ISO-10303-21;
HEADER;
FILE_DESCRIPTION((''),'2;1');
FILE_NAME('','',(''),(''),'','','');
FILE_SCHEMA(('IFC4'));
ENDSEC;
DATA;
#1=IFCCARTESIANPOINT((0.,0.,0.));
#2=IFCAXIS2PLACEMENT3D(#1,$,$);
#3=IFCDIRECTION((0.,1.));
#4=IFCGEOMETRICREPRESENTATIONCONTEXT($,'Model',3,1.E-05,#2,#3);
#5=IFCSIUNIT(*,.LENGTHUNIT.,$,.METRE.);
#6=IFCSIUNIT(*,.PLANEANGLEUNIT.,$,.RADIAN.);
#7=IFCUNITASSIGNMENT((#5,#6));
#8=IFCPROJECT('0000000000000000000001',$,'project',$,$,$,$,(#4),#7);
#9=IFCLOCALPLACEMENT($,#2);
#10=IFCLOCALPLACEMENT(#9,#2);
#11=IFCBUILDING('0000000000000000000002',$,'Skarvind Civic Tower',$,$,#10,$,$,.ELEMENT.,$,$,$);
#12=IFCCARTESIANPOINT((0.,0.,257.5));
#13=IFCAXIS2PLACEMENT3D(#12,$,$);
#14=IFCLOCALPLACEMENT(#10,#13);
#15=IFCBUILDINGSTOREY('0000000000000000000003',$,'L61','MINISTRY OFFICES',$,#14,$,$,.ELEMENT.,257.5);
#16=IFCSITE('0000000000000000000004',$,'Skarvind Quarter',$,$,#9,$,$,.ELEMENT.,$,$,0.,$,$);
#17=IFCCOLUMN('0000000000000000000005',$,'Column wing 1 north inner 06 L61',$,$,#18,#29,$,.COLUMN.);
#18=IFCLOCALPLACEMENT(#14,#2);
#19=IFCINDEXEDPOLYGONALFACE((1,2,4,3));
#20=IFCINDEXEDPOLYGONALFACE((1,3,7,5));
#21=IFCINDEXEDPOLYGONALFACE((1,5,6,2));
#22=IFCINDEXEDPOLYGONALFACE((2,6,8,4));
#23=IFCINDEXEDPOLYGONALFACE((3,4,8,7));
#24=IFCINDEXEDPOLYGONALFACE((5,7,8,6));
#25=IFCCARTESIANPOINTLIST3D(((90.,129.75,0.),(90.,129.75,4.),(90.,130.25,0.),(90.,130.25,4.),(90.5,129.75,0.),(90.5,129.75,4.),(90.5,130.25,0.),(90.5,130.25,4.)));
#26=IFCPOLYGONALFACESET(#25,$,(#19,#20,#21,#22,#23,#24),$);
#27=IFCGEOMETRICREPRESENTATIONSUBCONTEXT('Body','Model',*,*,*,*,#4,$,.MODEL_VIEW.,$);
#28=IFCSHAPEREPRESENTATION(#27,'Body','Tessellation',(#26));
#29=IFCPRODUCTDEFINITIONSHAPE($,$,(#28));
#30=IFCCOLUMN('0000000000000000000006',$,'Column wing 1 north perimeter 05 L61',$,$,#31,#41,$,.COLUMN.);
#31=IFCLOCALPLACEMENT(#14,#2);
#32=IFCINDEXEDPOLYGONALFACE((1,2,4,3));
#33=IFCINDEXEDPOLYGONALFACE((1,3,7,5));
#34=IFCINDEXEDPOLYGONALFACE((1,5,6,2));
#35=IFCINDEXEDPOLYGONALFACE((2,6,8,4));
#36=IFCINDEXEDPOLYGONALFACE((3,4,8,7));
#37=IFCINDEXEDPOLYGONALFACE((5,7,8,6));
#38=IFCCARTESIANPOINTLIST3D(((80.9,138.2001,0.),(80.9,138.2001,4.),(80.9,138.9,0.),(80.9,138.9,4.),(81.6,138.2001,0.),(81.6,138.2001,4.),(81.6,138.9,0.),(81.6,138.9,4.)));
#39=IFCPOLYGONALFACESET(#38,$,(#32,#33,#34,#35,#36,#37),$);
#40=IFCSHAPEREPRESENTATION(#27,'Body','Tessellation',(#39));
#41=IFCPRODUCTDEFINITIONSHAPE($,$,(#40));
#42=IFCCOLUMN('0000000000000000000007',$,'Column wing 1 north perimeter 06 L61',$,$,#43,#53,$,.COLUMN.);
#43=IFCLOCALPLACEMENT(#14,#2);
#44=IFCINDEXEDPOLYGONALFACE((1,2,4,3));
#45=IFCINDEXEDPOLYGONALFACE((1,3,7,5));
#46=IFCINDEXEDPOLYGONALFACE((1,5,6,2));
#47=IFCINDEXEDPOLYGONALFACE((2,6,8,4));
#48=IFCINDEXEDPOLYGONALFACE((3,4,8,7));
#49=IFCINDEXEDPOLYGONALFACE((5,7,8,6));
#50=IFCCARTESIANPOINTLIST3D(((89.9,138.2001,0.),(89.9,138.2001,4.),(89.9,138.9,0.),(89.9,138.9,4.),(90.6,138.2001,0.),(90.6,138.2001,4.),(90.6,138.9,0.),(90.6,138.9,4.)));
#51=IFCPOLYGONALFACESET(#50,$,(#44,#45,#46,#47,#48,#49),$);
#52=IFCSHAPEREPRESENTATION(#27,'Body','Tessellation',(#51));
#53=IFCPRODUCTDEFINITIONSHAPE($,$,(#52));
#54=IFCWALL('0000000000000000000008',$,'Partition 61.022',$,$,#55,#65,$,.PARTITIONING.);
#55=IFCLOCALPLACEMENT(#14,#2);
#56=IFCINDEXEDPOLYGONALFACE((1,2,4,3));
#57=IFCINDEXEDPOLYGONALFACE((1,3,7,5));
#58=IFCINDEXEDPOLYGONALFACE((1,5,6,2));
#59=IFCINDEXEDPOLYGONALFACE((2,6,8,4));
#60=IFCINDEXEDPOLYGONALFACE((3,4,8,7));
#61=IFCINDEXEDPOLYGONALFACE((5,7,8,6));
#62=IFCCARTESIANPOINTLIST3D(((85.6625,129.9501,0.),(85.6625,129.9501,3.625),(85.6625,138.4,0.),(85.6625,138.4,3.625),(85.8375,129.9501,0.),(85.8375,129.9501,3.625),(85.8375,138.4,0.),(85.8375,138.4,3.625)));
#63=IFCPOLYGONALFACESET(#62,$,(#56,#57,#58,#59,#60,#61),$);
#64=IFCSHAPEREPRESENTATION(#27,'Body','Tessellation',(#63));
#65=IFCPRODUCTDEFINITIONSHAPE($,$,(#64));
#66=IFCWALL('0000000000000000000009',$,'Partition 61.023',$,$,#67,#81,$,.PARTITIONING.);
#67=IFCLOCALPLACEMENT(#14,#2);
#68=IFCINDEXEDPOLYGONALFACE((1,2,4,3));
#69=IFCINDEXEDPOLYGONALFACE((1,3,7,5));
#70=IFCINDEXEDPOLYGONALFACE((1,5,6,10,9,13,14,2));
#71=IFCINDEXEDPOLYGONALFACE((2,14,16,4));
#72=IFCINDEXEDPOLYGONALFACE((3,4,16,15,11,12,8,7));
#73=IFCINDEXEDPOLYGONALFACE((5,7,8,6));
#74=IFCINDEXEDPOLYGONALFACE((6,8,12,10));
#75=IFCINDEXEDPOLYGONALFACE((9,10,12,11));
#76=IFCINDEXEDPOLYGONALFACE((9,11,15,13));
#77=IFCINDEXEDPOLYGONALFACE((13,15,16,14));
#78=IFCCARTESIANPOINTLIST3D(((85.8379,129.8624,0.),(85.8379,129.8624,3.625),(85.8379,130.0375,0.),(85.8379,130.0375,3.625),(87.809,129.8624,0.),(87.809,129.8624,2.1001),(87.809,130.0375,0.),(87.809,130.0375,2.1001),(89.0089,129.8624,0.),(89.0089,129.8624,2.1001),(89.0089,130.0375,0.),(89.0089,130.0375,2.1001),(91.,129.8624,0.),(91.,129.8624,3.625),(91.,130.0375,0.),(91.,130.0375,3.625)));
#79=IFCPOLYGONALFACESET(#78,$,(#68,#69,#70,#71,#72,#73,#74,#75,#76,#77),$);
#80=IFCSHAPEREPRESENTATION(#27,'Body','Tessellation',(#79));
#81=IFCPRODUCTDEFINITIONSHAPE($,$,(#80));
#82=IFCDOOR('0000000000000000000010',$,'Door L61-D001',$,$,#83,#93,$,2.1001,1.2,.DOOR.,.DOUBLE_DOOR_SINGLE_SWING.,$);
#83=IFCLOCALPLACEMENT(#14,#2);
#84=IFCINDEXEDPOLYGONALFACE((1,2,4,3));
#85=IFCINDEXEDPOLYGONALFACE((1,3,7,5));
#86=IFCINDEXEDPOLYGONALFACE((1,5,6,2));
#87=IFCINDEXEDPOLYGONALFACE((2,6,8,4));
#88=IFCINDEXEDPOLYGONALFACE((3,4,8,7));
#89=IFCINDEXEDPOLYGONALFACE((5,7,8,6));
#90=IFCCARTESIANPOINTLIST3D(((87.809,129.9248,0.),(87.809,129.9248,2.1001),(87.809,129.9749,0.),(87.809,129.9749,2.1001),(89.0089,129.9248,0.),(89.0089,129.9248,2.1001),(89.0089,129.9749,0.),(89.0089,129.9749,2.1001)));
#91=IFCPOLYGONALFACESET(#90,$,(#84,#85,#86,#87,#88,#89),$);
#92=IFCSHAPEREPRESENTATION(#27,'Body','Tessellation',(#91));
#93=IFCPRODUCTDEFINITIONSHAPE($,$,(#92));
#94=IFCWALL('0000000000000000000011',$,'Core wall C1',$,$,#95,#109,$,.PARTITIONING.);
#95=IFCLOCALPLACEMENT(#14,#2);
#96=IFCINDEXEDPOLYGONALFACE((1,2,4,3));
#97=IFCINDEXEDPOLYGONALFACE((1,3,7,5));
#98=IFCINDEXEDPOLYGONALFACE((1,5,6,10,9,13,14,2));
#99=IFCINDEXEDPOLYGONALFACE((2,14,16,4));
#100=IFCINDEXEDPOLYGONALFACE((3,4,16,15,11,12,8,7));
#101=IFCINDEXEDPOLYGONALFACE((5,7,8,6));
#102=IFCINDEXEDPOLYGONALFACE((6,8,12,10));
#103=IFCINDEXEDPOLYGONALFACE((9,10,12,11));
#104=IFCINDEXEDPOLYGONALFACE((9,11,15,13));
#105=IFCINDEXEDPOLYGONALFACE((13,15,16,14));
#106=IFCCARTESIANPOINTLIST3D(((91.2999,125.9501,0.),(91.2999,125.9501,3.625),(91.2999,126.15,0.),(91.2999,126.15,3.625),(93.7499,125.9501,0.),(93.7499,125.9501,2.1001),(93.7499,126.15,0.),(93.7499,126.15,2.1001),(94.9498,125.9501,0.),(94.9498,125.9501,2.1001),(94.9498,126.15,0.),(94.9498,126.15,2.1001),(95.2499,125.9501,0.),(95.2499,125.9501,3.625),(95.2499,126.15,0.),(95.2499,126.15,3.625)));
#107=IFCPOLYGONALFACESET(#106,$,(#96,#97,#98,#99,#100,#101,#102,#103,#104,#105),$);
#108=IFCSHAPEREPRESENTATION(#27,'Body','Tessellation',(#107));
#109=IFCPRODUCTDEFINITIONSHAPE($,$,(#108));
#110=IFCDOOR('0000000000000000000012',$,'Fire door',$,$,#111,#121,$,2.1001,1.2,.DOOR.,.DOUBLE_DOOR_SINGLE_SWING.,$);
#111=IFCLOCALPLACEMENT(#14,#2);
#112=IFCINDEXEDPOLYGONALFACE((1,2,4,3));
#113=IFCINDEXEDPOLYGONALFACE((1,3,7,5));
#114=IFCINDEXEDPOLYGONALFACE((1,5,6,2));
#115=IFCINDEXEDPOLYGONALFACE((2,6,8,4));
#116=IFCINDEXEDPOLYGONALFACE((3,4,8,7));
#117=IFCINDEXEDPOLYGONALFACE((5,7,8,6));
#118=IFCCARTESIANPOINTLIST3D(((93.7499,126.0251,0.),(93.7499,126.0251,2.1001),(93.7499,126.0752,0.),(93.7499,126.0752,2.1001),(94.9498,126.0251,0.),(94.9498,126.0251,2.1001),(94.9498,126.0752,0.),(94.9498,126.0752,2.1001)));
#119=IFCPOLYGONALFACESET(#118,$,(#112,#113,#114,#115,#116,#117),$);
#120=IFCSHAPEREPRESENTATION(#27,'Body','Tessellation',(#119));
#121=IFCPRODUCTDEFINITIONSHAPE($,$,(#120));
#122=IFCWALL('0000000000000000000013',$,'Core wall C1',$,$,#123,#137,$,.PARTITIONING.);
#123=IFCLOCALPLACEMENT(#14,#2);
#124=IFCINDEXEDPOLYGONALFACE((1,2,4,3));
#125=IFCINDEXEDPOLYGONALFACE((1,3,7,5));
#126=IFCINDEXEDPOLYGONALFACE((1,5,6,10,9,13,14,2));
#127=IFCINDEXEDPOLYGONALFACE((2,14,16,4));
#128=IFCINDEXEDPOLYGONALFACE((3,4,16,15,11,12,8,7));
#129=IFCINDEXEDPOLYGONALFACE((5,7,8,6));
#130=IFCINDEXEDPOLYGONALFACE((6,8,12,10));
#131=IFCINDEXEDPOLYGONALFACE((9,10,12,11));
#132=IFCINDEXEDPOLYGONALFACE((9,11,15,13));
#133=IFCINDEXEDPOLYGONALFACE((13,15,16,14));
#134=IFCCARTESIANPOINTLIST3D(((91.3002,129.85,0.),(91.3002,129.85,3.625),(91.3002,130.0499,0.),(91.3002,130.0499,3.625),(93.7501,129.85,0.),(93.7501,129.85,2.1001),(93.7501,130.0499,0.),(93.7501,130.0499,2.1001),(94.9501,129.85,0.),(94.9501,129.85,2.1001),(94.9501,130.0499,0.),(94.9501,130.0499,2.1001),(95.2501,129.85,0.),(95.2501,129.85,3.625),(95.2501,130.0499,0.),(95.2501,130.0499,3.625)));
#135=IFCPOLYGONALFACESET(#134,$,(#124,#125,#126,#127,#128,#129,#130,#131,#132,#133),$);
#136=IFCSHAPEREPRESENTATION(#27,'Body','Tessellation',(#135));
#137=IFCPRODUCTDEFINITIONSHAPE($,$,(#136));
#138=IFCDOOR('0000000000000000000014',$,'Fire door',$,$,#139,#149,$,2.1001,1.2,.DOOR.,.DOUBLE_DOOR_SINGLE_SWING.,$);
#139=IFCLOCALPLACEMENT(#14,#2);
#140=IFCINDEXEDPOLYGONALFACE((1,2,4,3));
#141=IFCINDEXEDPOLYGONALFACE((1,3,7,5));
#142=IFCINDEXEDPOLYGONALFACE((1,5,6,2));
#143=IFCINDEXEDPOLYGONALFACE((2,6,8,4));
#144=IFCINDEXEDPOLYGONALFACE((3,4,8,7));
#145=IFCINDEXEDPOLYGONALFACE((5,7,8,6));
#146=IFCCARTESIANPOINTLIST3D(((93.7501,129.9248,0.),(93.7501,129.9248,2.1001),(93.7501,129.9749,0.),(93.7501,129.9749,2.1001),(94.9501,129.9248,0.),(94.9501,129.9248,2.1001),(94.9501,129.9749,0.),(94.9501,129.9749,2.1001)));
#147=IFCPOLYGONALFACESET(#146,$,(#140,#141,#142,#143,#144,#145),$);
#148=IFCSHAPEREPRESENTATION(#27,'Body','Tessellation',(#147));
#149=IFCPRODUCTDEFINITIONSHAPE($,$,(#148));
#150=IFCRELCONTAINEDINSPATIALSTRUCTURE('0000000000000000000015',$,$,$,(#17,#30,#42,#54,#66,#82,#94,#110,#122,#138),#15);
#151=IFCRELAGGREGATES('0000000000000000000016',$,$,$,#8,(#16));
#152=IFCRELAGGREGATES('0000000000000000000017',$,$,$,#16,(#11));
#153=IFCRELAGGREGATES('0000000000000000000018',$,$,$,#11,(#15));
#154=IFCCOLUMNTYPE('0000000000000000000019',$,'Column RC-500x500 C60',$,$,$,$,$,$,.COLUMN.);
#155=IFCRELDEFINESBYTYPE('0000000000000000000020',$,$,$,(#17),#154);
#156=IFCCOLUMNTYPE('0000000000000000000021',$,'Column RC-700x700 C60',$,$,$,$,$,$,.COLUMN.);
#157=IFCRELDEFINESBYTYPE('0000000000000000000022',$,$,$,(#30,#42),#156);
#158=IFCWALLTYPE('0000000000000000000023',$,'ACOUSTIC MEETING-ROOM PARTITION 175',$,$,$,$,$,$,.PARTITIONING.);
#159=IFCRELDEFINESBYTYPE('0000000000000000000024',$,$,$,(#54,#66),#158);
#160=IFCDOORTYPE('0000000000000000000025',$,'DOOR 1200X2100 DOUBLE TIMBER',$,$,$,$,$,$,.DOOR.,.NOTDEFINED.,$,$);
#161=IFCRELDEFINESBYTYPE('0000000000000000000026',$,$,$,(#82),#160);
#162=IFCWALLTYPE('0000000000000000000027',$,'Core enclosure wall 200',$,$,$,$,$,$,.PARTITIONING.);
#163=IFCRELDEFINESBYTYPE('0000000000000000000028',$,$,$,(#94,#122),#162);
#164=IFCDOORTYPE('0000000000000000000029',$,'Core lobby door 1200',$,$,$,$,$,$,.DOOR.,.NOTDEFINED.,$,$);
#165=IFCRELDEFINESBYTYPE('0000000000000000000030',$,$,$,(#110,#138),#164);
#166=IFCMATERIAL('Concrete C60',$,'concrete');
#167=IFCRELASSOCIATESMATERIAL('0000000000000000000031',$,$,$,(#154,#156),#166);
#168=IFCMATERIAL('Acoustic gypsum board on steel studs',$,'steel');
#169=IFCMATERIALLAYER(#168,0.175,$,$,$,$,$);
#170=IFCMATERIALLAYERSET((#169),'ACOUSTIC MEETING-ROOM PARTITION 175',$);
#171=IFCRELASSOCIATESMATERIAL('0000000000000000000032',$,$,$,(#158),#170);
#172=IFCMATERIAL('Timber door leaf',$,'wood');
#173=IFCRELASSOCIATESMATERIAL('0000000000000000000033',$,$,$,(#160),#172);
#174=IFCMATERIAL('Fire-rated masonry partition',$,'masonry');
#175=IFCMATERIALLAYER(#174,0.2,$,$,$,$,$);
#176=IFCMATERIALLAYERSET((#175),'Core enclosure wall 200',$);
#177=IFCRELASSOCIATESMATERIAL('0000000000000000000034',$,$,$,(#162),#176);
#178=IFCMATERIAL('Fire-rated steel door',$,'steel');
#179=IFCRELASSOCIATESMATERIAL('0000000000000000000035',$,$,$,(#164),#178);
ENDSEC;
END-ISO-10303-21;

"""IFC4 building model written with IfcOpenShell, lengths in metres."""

from ifc_helpers import new_model, si_unit, direction, frame, frame_2d, origin, origin_2d, place, context, subcontext, project, spatial, rectangle, extrude, material, layer, layer_set, material_profile, profile_set, type_object, element, fill, save


model = new_model("IFC4")

# Units and contexts
model_context = context("Model", 3, precision=1e-05, world=origin(), true_north=direction((0.0, 1.0)))
body_context = subcontext(model_context, "Body", "Model", "MODEL_VIEW")
ifc_project = project(units=[si_unit("LENGTHUNIT", "METRE"), si_unit("PLANEANGLEUNIT", "RADIAN")], contexts=[model_context])

# Site, building, storey
site_placement = place(None, origin())
site = spatial("IfcSite", under=ifc_project, at=site_placement, Name="Skarvind Quarter", CompositionType="ELEMENT", RefElevation=0.0)
building_placement = place(site_placement, origin())
building = spatial("IfcBuilding", under=site, at=building_placement, Name="Skarvind Civic Tower", CompositionType="ELEMENT")
storey_placement = place(building_placement, frame((0.0, 0.0, 257.5)))
storey = spatial("IfcBuildingStorey", under=building, at=storey_placement, Name="L61", Description="MINISTRY OFFICES", CompositionType="ELEMENT", Elevation=257.5)

# Columns
ifc_material_1 = material(Name="Concrete C60", Category="concrete")
ifc_material_profile_1 = material_profile(ifc_material_1, rectangle(XDim=0.5, YDim=0.5, at=origin_2d()), Name="RC-500x500")
ifc_profile_set_1 = profile_set([ifc_material_profile_1], Name="Concrete C60")
column_type_1 = type_object("IfcColumnType", Name="Column RC-500x500 C60", PredefinedType="COLUMN", material=ifc_profile_set_1)
column_placement = place(storey_placement, frame((90.25, 130.0, 0.0), z_axis=(0.0, 0.0, 1.0), x_axis=(1.0, 0.0, 0.0)))
element("IfcColumn", 1, at=column_placement, inside=storey, type_object=column_type_1, Name="Column wing 1 north inner 06 L61", PredefinedType="COLUMN", context=body_context, shape_type="SweptSolid", body=[
    extrude(rectangle(XDim=0.5, YDim=0.5, at=origin_2d()), origin(), (0.0, 0.0, 1.0), 4.0),
])
ifc_material_profile_2 = material_profile(ifc_material_1, rectangle(XDim=0.7, YDim=0.7, at=origin_2d()), Name="RC-700x700")
ifc_profile_set_2 = profile_set([ifc_material_profile_2], Name="Concrete C60")
column_type_2 = type_object("IfcColumnType", Name="Column RC-700x700 C60", PredefinedType="COLUMN", material=ifc_profile_set_2)
for number, where, z_axis, x_axis, name in (
    (2, (81.25, 138.55, 0.0), (0.0, 0.0, 1.0), (1.0, 0.0, 0.0), "Column wing 1 north perimeter 05 L61"),
    (3, (90.25, 138.55, 0.0), (0.0, 0.0, 1.0), (1.0, 0.0, 0.0), "Column wing 1 north perimeter 06 L61"),
):
    element("IfcColumn", number, at=place(storey_placement, frame(where, z_axis=z_axis, x_axis=x_axis)), inside=storey, type_object=column_type_2, Name=name, PredefinedType="COLUMN", context=body_context, shape_type="SweptSolid", body=[
        extrude(rectangle(XDim=0.7, YDim=0.7, at=origin_2d()), origin(), (0.0, 0.0, 1.0), 4.0),
    ])

# Wall
ifc_material_2 = material(Name="Acoustic gypsum board on steel studs", Category="steel")
ifc_layer_1 = layer(ifc_material_2, 0.175)
ifc_layer_set_1 = layer_set([ifc_layer_1], Name="ACOUSTIC MEETING-ROOM PARTITION 175")
wall_type_1 = type_object("IfcWallType", Name="ACOUSTIC MEETING-ROOM PARTITION 175", PredefinedType="PARTITIONING", material=ifc_layer_set_1)
wall_1_placement = place(storey_placement, frame((85.75, 129.95, 0.0), z_axis=(0.0, 0.0, 1.0), x_axis=(0.0, 1.0, 0.0)))
element("IfcWall", 4, at=wall_1_placement, inside=storey, type_object=wall_type_1, Name="Partition 61.022", PredefinedType="PARTITIONING", context=body_context, shape_type="SweptSolid", body=[
    extrude(rectangle(XDim=8.45, YDim=0.175, at=frame_2d((4.2251, 0.0))), origin(), (0.0, 0.0, 1.0), 3.625),
])

# Walls, openings, doors
wall_2_placement = place(storey_placement, frame((85.8379, 129.95, 0.0), z_axis=(0.0, 0.0, 1.0), x_axis=(1.0, 0.0, 0.0)))
wall_2 = element("IfcWall", 5, at=wall_2_placement, inside=storey, type_object=wall_type_1, Name="Partition 61.023", PredefinedType="PARTITIONING", context=body_context, shape_type="SweptSolid", body=[
    extrude(rectangle(XDim=5.1621, YDim=0.175, at=frame_2d((2.5811, 0.0))), origin(), (0.0, 0.0, 1.0), 3.625),
])
opening_1_placement = place(wall_2_placement, frame((1.9709, 0.0, 0.0)))
opening_1 = element("IfcOpeningElement", 6, at=opening_1_placement, cuts=wall_2, PredefinedType="OPENING", context=body_context, shape_type="SweptSolid", body=[
    extrude(rectangle(XDim=1.2, YDim=2.1001, at=frame_2d((0.6001, 1.05))), frame((0.0, 0.0974, 0.0), z_axis=(0.0, -1.0, 0.0), x_axis=(1.0, 0.0, 0.0)), (0.0, 0.0, 1.0), 0.1951),
])
ifc_material_3 = material(Name="Timber door leaf", Category="wood")
door_type_1 = type_object("IfcDoorType", Name="DOOR 1200X2100 DOUBLE TIMBER", OperationType="NOTDEFINED", PredefinedType="DOOR", material=ifc_material_3)
door_1_placement = place(opening_1_placement, origin())
door_1 = element("IfcDoor", 7, at=door_1_placement, inside=storey, type_object=door_type_1, Name="Door L61-D001", OperationType="DOUBLE_DOOR_SINGLE_SWING", OverallHeight=2.1001, OverallWidth=1.2, PredefinedType="DOOR", context=body_context, shape_type="SweptSolid", body=[
    extrude(rectangle(XDim=1.2, YDim=2.1001, at=frame_2d((0.6001, 1.05))), frame((0.0, 0.0249, 0.0), z_axis=(0.0, -1.0, 0.0), x_axis=(1.0, 0.0, 0.0)), (0.0, 0.0, 1.0), 0.05),
])
fill(opening_1, door_1)
ifc_material_4 = material(Name="Fire-rated masonry partition", Category="masonry")
ifc_layer_2 = layer(ifc_material_4, 0.2)
ifc_layer_set_2 = layer_set([ifc_layer_2], Name="Core enclosure wall 200")
wall_type_2 = type_object("IfcWallType", Name="Core enclosure wall 200", PredefinedType="PARTITIONING", material=ifc_layer_set_2)
wall_3_placement = place(storey_placement, frame((95.25, 126.05, 0.0), z_axis=(0.0, 0.0, 1.0), x_axis=(-1.0, 0.0, 0.0)))
wall_3 = element("IfcWall", 8, at=wall_3_placement, inside=storey, type_object=wall_type_2, Name="Core wall C1", PredefinedType="PARTITIONING", context=body_context, shape_type="SweptSolid", body=[
    extrude(rectangle(XDim=3.95, YDim=0.2, at=frame_2d((1.9751, 0.0))), origin(), (0.0, 0.0, 1.0), 3.625),
])
opening_2_placement = place(wall_3_placement, frame((0.3, 0.0, 0.0)))
opening_2 = element("IfcOpeningElement", 9, at=opening_2_placement, cuts=wall_3, PredefinedType="OPENING", context=body_context, shape_type="SweptSolid", body=[
    extrude(rectangle(XDim=1.2, YDim=2.1001, at=frame_2d((0.6001, 1.05))), frame((0.0, 0.1099, 0.0), z_axis=(0.0, -1.0, 0.0), x_axis=(1.0, 0.0, 0.0)), (0.0, 0.0, 1.0), 0.22),
])
ifc_material_5 = material(Name="Fire-rated steel door", Category="steel")
door_type_2 = type_object("IfcDoorType", Name="Core lobby door 1200", OperationType="NOTDEFINED", PredefinedType="DOOR", material=ifc_material_5)
door_2_placement = place(opening_2_placement, origin())
door_2 = element("IfcDoor", 10, at=door_2_placement, inside=storey, type_object=door_type_2, Name="Fire door", OperationType="DOUBLE_DOOR_SINGLE_SWING", OverallHeight=2.1001, OverallWidth=1.2, PredefinedType="DOOR", context=body_context, shape_type="SweptSolid", body=[
    extrude(rectangle(XDim=1.2, YDim=2.1001, at=frame_2d((0.6001, 1.05))), frame((0.0, 0.0249, 0.0), z_axis=(0.0, -1.0, 0.0), x_axis=(1.0, 0.0, 0.0)), (0.0, 0.0, 1.0), 0.05),
])
fill(opening_2, door_2)
wall_4_placement = place(storey_placement, frame((91.3, 129.95, 0.0), z_axis=(0.0, 0.0, 1.0), x_axis=(1.0, 0.0, 0.0)))
wall_4 = element("IfcWall", 11, at=wall_4_placement, inside=storey, type_object=wall_type_2, Name="Core wall C1", PredefinedType="PARTITIONING", context=body_context, shape_type="SweptSolid", body=[
    extrude(rectangle(XDim=3.95, YDim=0.2, at=frame_2d((1.9751, 0.0))), origin(), (0.0, 0.0, 1.0), 3.625),
])
opening_3_placement = place(wall_4_placement, frame((2.45, 0.0, 0.0)))
opening_3 = element("IfcOpeningElement", 12, at=opening_3_placement, cuts=wall_4, PredefinedType="OPENING", context=body_context, shape_type="SweptSolid", body=[
    extrude(rectangle(XDim=1.2, YDim=2.1001, at=frame_2d((0.6001, 1.05))), frame((0.0, 0.1099, 0.0), z_axis=(0.0, -1.0, 0.0), x_axis=(1.0, 0.0, 0.0)), (0.0, 0.0, 1.0), 0.22),
])
door_3_placement = place(opening_3_placement, origin())
door_3 = element("IfcDoor", 13, at=door_3_placement, inside=storey, type_object=door_type_2, Name="Fire door", OperationType="DOUBLE_DOOR_SINGLE_SWING", OverallHeight=2.1001, OverallWidth=1.2, PredefinedType="DOOR", context=body_context, shape_type="SweptSolid", body=[
    extrude(rectangle(XDim=1.2, YDim=2.1001, at=frame_2d((0.6001, 1.05))), frame((0.0, 0.0249, 0.0), z_axis=(0.0, -1.0, 0.0), x_axis=(1.0, 0.0, 0.0)), (0.0, 0.0, 1.0), 0.05),
])
fill(opening_3, door_3)

save(model, "model.ifc")
